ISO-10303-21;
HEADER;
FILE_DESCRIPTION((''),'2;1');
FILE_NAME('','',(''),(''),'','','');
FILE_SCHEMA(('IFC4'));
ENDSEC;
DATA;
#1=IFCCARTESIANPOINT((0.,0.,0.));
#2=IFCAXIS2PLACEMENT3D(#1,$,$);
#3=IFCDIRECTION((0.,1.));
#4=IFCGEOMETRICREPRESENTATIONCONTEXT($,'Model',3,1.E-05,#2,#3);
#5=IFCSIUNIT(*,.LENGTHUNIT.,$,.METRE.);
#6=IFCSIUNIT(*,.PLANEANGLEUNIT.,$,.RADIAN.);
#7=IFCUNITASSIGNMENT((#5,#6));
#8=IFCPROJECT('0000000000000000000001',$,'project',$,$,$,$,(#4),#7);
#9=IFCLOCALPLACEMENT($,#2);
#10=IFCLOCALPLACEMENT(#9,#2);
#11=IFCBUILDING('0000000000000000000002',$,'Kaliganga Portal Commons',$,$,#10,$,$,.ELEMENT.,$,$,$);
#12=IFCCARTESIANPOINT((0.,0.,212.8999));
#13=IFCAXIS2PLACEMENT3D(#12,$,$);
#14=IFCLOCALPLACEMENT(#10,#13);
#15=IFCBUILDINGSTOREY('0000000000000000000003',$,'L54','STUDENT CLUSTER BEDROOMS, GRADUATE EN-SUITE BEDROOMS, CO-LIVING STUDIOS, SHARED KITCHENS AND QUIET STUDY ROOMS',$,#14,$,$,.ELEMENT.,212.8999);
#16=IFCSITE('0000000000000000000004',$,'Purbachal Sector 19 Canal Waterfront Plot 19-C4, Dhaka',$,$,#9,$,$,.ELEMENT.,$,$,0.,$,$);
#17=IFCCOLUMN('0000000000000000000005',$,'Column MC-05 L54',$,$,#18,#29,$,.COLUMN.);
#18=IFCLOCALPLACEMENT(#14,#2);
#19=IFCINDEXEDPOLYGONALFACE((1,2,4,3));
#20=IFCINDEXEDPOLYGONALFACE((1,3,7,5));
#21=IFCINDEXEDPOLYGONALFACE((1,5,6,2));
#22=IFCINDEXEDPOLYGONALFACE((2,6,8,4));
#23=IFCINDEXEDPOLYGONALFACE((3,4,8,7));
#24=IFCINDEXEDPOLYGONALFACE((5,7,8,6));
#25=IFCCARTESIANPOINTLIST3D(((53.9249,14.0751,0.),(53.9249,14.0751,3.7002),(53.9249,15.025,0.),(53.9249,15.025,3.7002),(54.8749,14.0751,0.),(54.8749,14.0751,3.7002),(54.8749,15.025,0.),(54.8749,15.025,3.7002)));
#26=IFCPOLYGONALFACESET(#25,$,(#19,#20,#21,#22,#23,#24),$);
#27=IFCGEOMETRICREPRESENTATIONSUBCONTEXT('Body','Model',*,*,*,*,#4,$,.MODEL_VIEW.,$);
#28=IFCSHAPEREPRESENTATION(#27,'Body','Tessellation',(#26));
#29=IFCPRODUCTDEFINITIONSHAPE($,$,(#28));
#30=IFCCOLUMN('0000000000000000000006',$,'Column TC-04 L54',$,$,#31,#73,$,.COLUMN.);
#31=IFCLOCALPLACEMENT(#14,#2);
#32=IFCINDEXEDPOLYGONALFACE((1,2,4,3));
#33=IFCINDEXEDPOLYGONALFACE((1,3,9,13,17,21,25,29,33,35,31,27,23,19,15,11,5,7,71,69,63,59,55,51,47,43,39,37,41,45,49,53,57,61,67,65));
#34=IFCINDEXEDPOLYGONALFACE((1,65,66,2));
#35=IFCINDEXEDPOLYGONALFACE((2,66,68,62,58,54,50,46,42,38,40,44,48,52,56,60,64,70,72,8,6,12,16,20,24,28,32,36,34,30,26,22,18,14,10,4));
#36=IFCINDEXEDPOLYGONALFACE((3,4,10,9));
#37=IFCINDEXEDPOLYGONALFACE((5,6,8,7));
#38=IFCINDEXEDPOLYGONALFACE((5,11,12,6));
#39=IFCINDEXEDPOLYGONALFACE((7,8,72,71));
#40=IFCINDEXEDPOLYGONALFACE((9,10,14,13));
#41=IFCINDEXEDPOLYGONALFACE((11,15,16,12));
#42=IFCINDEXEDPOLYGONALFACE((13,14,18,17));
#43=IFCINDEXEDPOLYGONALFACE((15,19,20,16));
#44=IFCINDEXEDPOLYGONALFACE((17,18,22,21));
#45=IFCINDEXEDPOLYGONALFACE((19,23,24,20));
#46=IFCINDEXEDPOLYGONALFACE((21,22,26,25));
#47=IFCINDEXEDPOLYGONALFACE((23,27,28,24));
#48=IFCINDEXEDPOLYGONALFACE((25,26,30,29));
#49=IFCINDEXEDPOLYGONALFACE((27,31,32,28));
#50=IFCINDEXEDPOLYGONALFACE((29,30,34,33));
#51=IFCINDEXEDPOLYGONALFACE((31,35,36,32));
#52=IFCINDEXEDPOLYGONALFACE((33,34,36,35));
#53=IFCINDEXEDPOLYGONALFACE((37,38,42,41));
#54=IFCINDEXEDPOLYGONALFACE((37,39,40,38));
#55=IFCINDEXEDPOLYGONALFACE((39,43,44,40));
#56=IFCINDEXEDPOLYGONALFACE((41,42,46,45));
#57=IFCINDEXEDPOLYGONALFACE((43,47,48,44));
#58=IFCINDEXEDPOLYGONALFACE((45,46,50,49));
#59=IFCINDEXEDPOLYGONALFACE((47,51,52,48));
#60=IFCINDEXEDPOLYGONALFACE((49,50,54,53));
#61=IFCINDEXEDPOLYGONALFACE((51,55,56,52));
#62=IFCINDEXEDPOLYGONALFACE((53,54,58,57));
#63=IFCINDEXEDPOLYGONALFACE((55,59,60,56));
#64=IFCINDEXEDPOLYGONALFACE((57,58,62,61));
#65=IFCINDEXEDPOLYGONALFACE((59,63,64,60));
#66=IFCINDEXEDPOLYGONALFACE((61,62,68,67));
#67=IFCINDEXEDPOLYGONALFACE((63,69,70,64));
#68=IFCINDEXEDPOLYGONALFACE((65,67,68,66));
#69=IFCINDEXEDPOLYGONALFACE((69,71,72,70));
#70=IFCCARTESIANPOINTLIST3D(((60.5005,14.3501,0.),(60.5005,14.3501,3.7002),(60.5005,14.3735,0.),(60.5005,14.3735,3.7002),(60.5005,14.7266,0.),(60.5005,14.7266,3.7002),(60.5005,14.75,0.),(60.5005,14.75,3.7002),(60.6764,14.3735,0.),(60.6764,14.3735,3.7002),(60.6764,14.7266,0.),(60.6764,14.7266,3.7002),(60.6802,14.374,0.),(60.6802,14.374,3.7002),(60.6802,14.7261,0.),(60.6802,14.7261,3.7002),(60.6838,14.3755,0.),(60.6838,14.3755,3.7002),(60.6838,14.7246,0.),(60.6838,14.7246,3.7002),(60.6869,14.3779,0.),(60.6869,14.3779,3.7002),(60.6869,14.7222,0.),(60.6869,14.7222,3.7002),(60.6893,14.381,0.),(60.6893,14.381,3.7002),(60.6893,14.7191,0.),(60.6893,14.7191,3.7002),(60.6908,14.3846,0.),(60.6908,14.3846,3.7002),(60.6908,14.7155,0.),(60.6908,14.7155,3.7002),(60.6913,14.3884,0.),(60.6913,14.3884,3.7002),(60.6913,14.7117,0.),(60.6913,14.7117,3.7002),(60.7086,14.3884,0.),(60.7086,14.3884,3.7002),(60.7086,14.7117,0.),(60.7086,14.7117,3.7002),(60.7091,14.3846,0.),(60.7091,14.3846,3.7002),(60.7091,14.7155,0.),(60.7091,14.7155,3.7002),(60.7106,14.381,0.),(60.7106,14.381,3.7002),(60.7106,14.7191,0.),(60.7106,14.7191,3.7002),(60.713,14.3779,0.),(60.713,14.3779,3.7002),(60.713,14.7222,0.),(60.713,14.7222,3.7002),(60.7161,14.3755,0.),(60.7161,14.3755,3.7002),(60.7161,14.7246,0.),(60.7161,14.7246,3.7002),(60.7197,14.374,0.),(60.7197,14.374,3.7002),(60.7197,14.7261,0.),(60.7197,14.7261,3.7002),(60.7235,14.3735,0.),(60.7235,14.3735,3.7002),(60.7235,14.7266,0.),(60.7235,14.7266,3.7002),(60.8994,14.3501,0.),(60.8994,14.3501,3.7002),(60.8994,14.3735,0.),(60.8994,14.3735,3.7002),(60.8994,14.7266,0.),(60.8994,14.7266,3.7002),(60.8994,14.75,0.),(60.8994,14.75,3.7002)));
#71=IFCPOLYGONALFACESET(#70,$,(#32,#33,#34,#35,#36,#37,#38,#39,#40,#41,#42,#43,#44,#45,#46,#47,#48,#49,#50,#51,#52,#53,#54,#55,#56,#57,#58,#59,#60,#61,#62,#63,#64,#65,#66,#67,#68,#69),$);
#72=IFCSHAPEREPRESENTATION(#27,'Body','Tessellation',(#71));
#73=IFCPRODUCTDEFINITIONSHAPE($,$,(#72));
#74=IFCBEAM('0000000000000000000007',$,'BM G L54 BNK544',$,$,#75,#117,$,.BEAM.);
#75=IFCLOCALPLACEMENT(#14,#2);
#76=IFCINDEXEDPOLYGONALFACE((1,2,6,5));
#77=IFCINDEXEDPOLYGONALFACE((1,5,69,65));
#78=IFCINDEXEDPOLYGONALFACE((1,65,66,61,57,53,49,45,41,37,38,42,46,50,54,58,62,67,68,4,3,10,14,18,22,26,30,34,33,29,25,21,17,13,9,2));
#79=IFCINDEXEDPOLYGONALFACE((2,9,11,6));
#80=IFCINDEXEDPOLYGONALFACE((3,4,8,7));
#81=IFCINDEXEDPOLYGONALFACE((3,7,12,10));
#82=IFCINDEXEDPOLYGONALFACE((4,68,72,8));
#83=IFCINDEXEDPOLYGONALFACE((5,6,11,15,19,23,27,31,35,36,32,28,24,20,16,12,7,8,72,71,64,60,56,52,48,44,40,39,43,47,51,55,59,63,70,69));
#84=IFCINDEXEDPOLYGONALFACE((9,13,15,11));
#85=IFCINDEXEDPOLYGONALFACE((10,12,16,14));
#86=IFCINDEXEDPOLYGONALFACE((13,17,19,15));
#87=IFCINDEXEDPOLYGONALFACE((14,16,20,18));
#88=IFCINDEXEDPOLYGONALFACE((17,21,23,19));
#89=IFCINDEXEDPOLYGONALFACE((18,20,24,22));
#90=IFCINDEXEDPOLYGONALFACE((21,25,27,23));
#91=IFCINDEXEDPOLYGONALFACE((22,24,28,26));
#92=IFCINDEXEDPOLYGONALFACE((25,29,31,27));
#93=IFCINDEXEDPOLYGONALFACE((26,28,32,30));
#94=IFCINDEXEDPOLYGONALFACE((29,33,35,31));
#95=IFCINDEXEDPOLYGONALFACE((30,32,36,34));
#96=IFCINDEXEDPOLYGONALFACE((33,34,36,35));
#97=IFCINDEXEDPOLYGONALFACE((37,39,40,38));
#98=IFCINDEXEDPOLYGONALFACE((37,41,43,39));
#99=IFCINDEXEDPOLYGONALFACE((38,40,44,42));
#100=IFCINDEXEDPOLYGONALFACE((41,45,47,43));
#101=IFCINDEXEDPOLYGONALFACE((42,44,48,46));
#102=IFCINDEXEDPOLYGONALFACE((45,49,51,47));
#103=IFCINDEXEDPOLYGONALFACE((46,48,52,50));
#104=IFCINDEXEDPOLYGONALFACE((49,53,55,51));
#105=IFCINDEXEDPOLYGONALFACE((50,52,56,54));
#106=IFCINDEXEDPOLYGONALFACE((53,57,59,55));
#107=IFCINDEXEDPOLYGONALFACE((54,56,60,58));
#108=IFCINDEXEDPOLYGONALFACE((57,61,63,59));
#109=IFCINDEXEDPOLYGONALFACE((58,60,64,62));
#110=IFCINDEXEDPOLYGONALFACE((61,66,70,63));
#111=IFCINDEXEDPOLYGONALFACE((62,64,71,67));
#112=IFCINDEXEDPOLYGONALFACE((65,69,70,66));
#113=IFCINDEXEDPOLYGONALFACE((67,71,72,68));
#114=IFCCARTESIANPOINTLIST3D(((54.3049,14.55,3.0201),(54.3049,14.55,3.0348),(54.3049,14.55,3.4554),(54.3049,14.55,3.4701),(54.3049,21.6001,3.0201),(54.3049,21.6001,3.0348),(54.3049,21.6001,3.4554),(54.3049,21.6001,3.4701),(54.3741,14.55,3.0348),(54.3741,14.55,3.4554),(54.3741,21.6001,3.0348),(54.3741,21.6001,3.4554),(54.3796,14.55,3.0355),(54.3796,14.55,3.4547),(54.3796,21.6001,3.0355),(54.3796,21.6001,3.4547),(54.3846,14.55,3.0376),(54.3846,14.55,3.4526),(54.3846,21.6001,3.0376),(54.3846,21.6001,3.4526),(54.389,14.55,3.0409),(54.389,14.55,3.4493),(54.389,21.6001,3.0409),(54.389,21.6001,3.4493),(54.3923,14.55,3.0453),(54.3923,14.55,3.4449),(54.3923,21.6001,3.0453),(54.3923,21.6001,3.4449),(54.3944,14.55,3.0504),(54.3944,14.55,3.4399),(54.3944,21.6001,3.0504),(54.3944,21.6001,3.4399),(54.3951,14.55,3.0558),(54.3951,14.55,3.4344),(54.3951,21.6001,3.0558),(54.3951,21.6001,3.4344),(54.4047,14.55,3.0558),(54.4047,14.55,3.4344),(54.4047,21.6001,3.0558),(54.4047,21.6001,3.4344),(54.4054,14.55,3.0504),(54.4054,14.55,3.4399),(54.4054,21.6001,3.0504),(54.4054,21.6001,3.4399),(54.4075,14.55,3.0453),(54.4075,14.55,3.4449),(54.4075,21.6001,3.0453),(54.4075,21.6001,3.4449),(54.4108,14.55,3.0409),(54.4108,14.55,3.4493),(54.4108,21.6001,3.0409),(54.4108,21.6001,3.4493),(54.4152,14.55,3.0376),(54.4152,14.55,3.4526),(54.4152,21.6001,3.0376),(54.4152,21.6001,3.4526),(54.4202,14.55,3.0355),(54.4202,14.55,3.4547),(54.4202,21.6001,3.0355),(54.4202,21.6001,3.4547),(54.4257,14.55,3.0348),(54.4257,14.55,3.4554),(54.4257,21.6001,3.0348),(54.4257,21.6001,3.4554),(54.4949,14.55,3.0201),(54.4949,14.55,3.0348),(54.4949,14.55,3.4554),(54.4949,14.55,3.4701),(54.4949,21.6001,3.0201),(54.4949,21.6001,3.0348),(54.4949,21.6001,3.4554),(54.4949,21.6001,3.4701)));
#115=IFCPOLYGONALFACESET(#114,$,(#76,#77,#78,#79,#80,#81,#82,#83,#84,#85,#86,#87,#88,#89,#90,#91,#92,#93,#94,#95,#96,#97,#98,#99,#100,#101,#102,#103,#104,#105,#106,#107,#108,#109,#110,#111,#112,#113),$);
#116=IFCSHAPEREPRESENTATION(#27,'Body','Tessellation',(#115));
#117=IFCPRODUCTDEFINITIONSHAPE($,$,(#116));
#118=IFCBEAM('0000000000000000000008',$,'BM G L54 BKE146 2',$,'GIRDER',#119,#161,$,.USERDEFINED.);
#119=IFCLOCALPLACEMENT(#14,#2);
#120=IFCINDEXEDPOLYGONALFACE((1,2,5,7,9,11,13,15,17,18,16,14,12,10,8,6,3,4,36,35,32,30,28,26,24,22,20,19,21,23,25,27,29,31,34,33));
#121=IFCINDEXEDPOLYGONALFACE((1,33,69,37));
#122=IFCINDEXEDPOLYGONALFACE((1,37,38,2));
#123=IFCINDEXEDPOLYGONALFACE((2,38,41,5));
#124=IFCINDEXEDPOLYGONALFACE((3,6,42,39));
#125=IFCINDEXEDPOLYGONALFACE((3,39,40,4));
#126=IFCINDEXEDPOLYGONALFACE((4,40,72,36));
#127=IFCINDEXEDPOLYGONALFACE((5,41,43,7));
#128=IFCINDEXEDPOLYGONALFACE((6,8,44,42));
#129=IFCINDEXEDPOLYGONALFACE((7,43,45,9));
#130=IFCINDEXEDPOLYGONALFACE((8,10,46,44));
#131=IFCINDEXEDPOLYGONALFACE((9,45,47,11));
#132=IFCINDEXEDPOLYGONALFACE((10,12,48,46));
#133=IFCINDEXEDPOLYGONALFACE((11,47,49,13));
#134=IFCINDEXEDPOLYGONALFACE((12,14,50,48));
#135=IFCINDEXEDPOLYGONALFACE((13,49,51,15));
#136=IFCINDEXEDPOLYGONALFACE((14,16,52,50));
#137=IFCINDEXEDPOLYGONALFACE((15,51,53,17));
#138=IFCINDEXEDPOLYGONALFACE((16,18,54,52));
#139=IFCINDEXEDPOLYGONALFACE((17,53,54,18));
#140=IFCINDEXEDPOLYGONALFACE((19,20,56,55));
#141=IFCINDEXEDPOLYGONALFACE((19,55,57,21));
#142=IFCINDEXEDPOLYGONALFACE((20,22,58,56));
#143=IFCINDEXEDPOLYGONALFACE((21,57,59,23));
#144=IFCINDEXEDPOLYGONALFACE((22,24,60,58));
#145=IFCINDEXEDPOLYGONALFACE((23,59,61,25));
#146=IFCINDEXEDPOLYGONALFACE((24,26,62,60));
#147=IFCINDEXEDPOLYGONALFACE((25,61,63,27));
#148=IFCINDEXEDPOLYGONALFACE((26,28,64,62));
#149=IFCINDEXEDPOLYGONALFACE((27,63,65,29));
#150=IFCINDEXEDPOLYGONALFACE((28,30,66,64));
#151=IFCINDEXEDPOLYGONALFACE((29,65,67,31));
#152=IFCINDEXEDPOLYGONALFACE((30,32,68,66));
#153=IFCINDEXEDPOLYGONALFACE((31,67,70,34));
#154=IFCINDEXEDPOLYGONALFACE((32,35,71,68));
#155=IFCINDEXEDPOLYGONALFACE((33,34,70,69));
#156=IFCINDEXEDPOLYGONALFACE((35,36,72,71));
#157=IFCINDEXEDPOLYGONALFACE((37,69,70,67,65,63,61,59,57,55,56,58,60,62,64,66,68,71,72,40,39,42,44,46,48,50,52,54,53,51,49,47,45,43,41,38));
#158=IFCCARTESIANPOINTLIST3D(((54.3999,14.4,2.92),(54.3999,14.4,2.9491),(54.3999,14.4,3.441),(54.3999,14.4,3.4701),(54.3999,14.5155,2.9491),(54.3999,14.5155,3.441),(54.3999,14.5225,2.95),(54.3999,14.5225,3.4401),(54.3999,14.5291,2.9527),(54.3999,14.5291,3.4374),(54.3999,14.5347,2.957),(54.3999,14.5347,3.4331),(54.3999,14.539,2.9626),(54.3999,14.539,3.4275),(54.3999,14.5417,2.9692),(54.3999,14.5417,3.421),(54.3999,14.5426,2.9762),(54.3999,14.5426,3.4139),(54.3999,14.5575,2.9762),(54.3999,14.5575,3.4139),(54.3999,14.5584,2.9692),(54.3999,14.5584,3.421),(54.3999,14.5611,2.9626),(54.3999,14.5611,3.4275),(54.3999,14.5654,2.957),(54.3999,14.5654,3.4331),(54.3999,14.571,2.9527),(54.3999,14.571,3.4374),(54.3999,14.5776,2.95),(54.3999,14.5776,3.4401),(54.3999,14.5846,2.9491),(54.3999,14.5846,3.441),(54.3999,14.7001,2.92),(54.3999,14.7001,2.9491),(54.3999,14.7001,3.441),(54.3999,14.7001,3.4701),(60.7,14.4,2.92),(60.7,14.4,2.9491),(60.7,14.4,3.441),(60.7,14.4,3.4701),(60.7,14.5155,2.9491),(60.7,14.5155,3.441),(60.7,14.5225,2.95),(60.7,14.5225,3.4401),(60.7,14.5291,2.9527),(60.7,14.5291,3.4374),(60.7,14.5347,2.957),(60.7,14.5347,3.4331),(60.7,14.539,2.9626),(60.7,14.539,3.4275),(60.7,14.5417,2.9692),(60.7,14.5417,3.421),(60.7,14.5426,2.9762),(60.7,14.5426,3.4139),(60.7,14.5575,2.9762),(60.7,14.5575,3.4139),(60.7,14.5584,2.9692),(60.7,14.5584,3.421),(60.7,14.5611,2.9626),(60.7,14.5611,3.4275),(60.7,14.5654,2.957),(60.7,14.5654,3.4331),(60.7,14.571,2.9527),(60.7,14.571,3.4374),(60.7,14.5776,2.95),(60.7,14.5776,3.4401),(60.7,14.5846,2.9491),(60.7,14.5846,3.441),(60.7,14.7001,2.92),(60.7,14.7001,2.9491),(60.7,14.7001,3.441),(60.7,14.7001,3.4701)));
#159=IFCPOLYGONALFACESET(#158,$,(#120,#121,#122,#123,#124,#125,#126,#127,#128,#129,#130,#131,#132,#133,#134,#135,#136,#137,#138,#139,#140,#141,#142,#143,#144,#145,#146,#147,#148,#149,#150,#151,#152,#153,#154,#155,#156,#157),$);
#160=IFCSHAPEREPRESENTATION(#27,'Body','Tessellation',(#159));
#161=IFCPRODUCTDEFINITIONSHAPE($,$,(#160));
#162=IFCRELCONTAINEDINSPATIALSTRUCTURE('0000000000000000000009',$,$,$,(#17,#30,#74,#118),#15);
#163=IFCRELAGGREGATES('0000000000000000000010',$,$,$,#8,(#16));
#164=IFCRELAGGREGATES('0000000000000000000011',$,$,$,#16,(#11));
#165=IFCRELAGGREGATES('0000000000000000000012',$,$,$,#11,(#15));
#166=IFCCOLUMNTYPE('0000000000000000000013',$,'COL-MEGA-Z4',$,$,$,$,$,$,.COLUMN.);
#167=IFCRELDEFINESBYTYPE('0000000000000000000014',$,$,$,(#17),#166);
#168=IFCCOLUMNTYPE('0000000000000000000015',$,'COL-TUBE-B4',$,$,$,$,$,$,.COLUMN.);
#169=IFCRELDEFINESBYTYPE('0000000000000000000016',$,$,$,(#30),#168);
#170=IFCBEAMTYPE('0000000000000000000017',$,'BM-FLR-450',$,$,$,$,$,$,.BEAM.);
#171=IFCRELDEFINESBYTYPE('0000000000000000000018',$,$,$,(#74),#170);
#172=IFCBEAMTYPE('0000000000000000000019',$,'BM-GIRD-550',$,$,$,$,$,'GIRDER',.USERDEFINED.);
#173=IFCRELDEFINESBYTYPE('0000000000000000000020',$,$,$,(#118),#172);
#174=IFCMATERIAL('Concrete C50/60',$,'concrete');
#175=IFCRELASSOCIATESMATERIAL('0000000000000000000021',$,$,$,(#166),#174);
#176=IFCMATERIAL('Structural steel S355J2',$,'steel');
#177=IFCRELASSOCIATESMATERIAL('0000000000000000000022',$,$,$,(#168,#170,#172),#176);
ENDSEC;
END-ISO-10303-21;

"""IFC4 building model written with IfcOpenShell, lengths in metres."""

from ifc_helpers import new_model, si_unit, direction, frame, origin, origin_2d, place, context, subcontext, project, spatial, rectangle, i_section, extrude, source, transform, mapped, material, material_profile, profile_set, type_object, element, save


model = new_model("IFC4")

# Units and contexts
model_context = context("Model", 3, precision=1e-05, world=origin(), true_north=direction((0.0, 1.0)))
body_context = subcontext(model_context, "Body", "Model", "MODEL_VIEW")
ifc_project = project(units=[si_unit("LENGTHUNIT", "METRE"), si_unit("PLANEANGLEUNIT", "RADIAN")], contexts=[model_context])

# Site, building, storey
site_placement = place(None, origin())
site = spatial("IfcSite", under=ifc_project, at=site_placement, Name="Purbachal Sector 19 Canal Waterfront Plot 19-C4, Dhaka", CompositionType="ELEMENT", RefElevation=0.0)
building_placement = place(site_placement, origin())
building = spatial("IfcBuilding", under=site, at=building_placement, Name="Kaliganga Portal Commons", CompositionType="ELEMENT")
storey_placement = place(building_placement, frame((0.0, 0.0, 212.8999)))
storey = spatial("IfcBuildingStorey", under=building, at=storey_placement, Name="L54", Description="STUDENT CLUSTER BEDROOMS, GRADUATE EN-SUITE BEDROOMS, CO-LIVING STUDIOS, SHARED KITCHENS AND QUIET STUDY ROOMS", CompositionType="ELEMENT", Elevation=212.8999)

# Columns
ifc_material_1 = material(Name="Concrete C50/60", Category="concrete")
ifc_material_profile_1 = material_profile(ifc_material_1, rectangle(XDim=0.95, YDim=0.95, at=origin_2d()), Name="RC 950x950")
ifc_profile_set_1 = profile_set([ifc_material_profile_1], Name="Concrete C50/60")
column_type_1 = type_object("IfcColumnType", Name="COL-MEGA-Z4", PredefinedType="COLUMN", material=ifc_profile_set_1)
shared_shape_1 = source(origin(), body_context, "Body", "SweptSolid", [
    extrude(rectangle(XDim=0.95, YDim=0.95, at=origin_2d()), origin(), (0.0, 0.0, 1.0), 3.7002),
])
column_1_placement = place(storey_placement, frame((54.3999, 14.55, 0.0), z_axis=(0.0, 0.0, 1.0), x_axis=(1.0, 0.0, 0.0)))
element("IfcColumn", 1, at=column_1_placement, inside=storey, type_object=column_type_1, Name="Column MC-05 L54", PredefinedType="COLUMN", context=body_context, shape_type="MappedRepresentation", body=[
    mapped(shared_shape_1, transform((0.0, 0.0, 0.0), x_axis=(1.0, 0.0, 0.0), y_axis=(0.0, 1.0, 0.0), z_axis=(0.0, 0.0, 1.0), scale=1.0)),
])
ifc_material_2 = material(Name="Structural steel S355J2", Category="steel")
ifc_material_profile_2 = material_profile(ifc_material_2, i_section(OverallWidth=0.3989, OverallDepth=0.3999, WebThickness=0.0173, FlangeThickness=0.0234, FilletRadius=0.0149, at=origin_2d()), Name="HD 400x287")
ifc_profile_set_2 = profile_set([ifc_material_profile_2], Name="Structural steel S355J2 wide-flange")
column_type_2 = type_object("IfcColumnType", Name="COL-TUBE-B4", PredefinedType="COLUMN", material=ifc_profile_set_2)
shared_shape_2 = source(origin(), body_context, "Body", "SweptSolid", [
    extrude(i_section(OverallWidth=0.3989, OverallDepth=0.3999, WebThickness=0.0173, FlangeThickness=0.0234, FilletRadius=0.0149, at=origin_2d()), origin(), (0.0, 0.0, 1.0), 3.7002),
])
column_2_placement = place(storey_placement, frame((60.7, 14.55, 0.0), z_axis=(0.0, 0.0, 1.0), x_axis=(1.0, 0.0, 0.0)))
element("IfcColumn", 2, at=column_2_placement, inside=storey, type_object=column_type_2, Name="Column TC-04 L54", PredefinedType="COLUMN", context=body_context, shape_type="MappedRepresentation", body=[
    mapped(shared_shape_2, transform((0.0, 0.0, 0.0), x_axis=(1.0, 0.0, 0.0), y_axis=(0.0, 1.0, 0.0), z_axis=(0.0, 0.0, 1.0), scale=1.0)),
])

# Beams
ifc_material_profile_3 = material_profile(ifc_material_2, i_section(OverallWidth=0.1899, OverallDepth=0.45, WebThickness=0.0095, FlangeThickness=0.0146, FilletRadius=0.021, at=origin_2d()), Name="IPE 450")
ifc_profile_set_3 = profile_set([ifc_material_profile_3], Name="Structural steel S355J2 wide-flange")
beam_type_1 = type_object("IfcBeamType", Name="BM-FLR-450", PredefinedType="BEAM", material=ifc_profile_set_3)
shared_shape_3 = source(origin(), body_context, "Body", "SweptSolid", [
    extrude(i_section(OverallWidth=0.1899, OverallDepth=0.45, WebThickness=0.0095, FlangeThickness=0.0146, FilletRadius=0.021, at=origin_2d()), origin(), (0.0, 0.0, 1.0), 7.05),
])
beam_1_placement = place(storey_placement, frame((54.3999, 14.55, 3.2451), z_axis=(0.0, 1.0, 0.0), x_axis=(-1.0, 0.0, 0.0)))
element("IfcBeam", 3, at=beam_1_placement, inside=storey, type_object=beam_type_1, Name="BM G L54 BNK544", PredefinedType="BEAM", context=body_context, shape_type="MappedRepresentation", body=[
    mapped(shared_shape_3, transform((0.0, 0.0, 0.0), x_axis=(1.0, 0.0, 0.0), y_axis=(0.0, 1.0, 0.0), z_axis=(0.0, 0.0, 1.0), scale=1.0)),
])
ifc_material_profile_4 = material_profile(ifc_material_2, i_section(OverallWidth=0.3, OverallDepth=0.55, WebThickness=0.0149, FlangeThickness=0.0291, FilletRadius=0.0271, at=origin_2d()), Name="HE 550 B")
ifc_profile_set_4 = profile_set([ifc_material_profile_4], Name="Structural steel S355J2 wide-flange")
beam_type_2 = type_object("IfcBeamType", Name="BM-GIRD-550", ElementType="GIRDER", PredefinedType="USERDEFINED", material=ifc_profile_set_4)
shared_shape_4 = source(origin(), body_context, "Body", "SweptSolid", [
    extrude(i_section(OverallWidth=0.3, OverallDepth=0.55, WebThickness=0.0149, FlangeThickness=0.0291, FilletRadius=0.0271, at=origin_2d()), origin(), (0.0, 0.0, 1.0), 6.3),
])
beam_2_placement = place(storey_placement, frame((54.3999, 14.55, 3.1951), z_axis=(1.0, 0.0, 0.0), x_axis=(0.0, 1.0, 0.0)))
element("IfcBeam", 4, at=beam_2_placement, inside=storey, type_object=beam_type_2, Name="BM G L54 BKE146 2", ObjectType="GIRDER", PredefinedType="USERDEFINED", context=body_context, shape_type="MappedRepresentation", body=[
    mapped(shared_shape_4, transform((0.0, 0.0, 0.0), x_axis=(1.0, 0.0, 0.0), y_axis=(0.0, 1.0, 0.0), z_axis=(0.0, 0.0, 1.0), scale=1.0)),
])

save(model, "model.ifc")
